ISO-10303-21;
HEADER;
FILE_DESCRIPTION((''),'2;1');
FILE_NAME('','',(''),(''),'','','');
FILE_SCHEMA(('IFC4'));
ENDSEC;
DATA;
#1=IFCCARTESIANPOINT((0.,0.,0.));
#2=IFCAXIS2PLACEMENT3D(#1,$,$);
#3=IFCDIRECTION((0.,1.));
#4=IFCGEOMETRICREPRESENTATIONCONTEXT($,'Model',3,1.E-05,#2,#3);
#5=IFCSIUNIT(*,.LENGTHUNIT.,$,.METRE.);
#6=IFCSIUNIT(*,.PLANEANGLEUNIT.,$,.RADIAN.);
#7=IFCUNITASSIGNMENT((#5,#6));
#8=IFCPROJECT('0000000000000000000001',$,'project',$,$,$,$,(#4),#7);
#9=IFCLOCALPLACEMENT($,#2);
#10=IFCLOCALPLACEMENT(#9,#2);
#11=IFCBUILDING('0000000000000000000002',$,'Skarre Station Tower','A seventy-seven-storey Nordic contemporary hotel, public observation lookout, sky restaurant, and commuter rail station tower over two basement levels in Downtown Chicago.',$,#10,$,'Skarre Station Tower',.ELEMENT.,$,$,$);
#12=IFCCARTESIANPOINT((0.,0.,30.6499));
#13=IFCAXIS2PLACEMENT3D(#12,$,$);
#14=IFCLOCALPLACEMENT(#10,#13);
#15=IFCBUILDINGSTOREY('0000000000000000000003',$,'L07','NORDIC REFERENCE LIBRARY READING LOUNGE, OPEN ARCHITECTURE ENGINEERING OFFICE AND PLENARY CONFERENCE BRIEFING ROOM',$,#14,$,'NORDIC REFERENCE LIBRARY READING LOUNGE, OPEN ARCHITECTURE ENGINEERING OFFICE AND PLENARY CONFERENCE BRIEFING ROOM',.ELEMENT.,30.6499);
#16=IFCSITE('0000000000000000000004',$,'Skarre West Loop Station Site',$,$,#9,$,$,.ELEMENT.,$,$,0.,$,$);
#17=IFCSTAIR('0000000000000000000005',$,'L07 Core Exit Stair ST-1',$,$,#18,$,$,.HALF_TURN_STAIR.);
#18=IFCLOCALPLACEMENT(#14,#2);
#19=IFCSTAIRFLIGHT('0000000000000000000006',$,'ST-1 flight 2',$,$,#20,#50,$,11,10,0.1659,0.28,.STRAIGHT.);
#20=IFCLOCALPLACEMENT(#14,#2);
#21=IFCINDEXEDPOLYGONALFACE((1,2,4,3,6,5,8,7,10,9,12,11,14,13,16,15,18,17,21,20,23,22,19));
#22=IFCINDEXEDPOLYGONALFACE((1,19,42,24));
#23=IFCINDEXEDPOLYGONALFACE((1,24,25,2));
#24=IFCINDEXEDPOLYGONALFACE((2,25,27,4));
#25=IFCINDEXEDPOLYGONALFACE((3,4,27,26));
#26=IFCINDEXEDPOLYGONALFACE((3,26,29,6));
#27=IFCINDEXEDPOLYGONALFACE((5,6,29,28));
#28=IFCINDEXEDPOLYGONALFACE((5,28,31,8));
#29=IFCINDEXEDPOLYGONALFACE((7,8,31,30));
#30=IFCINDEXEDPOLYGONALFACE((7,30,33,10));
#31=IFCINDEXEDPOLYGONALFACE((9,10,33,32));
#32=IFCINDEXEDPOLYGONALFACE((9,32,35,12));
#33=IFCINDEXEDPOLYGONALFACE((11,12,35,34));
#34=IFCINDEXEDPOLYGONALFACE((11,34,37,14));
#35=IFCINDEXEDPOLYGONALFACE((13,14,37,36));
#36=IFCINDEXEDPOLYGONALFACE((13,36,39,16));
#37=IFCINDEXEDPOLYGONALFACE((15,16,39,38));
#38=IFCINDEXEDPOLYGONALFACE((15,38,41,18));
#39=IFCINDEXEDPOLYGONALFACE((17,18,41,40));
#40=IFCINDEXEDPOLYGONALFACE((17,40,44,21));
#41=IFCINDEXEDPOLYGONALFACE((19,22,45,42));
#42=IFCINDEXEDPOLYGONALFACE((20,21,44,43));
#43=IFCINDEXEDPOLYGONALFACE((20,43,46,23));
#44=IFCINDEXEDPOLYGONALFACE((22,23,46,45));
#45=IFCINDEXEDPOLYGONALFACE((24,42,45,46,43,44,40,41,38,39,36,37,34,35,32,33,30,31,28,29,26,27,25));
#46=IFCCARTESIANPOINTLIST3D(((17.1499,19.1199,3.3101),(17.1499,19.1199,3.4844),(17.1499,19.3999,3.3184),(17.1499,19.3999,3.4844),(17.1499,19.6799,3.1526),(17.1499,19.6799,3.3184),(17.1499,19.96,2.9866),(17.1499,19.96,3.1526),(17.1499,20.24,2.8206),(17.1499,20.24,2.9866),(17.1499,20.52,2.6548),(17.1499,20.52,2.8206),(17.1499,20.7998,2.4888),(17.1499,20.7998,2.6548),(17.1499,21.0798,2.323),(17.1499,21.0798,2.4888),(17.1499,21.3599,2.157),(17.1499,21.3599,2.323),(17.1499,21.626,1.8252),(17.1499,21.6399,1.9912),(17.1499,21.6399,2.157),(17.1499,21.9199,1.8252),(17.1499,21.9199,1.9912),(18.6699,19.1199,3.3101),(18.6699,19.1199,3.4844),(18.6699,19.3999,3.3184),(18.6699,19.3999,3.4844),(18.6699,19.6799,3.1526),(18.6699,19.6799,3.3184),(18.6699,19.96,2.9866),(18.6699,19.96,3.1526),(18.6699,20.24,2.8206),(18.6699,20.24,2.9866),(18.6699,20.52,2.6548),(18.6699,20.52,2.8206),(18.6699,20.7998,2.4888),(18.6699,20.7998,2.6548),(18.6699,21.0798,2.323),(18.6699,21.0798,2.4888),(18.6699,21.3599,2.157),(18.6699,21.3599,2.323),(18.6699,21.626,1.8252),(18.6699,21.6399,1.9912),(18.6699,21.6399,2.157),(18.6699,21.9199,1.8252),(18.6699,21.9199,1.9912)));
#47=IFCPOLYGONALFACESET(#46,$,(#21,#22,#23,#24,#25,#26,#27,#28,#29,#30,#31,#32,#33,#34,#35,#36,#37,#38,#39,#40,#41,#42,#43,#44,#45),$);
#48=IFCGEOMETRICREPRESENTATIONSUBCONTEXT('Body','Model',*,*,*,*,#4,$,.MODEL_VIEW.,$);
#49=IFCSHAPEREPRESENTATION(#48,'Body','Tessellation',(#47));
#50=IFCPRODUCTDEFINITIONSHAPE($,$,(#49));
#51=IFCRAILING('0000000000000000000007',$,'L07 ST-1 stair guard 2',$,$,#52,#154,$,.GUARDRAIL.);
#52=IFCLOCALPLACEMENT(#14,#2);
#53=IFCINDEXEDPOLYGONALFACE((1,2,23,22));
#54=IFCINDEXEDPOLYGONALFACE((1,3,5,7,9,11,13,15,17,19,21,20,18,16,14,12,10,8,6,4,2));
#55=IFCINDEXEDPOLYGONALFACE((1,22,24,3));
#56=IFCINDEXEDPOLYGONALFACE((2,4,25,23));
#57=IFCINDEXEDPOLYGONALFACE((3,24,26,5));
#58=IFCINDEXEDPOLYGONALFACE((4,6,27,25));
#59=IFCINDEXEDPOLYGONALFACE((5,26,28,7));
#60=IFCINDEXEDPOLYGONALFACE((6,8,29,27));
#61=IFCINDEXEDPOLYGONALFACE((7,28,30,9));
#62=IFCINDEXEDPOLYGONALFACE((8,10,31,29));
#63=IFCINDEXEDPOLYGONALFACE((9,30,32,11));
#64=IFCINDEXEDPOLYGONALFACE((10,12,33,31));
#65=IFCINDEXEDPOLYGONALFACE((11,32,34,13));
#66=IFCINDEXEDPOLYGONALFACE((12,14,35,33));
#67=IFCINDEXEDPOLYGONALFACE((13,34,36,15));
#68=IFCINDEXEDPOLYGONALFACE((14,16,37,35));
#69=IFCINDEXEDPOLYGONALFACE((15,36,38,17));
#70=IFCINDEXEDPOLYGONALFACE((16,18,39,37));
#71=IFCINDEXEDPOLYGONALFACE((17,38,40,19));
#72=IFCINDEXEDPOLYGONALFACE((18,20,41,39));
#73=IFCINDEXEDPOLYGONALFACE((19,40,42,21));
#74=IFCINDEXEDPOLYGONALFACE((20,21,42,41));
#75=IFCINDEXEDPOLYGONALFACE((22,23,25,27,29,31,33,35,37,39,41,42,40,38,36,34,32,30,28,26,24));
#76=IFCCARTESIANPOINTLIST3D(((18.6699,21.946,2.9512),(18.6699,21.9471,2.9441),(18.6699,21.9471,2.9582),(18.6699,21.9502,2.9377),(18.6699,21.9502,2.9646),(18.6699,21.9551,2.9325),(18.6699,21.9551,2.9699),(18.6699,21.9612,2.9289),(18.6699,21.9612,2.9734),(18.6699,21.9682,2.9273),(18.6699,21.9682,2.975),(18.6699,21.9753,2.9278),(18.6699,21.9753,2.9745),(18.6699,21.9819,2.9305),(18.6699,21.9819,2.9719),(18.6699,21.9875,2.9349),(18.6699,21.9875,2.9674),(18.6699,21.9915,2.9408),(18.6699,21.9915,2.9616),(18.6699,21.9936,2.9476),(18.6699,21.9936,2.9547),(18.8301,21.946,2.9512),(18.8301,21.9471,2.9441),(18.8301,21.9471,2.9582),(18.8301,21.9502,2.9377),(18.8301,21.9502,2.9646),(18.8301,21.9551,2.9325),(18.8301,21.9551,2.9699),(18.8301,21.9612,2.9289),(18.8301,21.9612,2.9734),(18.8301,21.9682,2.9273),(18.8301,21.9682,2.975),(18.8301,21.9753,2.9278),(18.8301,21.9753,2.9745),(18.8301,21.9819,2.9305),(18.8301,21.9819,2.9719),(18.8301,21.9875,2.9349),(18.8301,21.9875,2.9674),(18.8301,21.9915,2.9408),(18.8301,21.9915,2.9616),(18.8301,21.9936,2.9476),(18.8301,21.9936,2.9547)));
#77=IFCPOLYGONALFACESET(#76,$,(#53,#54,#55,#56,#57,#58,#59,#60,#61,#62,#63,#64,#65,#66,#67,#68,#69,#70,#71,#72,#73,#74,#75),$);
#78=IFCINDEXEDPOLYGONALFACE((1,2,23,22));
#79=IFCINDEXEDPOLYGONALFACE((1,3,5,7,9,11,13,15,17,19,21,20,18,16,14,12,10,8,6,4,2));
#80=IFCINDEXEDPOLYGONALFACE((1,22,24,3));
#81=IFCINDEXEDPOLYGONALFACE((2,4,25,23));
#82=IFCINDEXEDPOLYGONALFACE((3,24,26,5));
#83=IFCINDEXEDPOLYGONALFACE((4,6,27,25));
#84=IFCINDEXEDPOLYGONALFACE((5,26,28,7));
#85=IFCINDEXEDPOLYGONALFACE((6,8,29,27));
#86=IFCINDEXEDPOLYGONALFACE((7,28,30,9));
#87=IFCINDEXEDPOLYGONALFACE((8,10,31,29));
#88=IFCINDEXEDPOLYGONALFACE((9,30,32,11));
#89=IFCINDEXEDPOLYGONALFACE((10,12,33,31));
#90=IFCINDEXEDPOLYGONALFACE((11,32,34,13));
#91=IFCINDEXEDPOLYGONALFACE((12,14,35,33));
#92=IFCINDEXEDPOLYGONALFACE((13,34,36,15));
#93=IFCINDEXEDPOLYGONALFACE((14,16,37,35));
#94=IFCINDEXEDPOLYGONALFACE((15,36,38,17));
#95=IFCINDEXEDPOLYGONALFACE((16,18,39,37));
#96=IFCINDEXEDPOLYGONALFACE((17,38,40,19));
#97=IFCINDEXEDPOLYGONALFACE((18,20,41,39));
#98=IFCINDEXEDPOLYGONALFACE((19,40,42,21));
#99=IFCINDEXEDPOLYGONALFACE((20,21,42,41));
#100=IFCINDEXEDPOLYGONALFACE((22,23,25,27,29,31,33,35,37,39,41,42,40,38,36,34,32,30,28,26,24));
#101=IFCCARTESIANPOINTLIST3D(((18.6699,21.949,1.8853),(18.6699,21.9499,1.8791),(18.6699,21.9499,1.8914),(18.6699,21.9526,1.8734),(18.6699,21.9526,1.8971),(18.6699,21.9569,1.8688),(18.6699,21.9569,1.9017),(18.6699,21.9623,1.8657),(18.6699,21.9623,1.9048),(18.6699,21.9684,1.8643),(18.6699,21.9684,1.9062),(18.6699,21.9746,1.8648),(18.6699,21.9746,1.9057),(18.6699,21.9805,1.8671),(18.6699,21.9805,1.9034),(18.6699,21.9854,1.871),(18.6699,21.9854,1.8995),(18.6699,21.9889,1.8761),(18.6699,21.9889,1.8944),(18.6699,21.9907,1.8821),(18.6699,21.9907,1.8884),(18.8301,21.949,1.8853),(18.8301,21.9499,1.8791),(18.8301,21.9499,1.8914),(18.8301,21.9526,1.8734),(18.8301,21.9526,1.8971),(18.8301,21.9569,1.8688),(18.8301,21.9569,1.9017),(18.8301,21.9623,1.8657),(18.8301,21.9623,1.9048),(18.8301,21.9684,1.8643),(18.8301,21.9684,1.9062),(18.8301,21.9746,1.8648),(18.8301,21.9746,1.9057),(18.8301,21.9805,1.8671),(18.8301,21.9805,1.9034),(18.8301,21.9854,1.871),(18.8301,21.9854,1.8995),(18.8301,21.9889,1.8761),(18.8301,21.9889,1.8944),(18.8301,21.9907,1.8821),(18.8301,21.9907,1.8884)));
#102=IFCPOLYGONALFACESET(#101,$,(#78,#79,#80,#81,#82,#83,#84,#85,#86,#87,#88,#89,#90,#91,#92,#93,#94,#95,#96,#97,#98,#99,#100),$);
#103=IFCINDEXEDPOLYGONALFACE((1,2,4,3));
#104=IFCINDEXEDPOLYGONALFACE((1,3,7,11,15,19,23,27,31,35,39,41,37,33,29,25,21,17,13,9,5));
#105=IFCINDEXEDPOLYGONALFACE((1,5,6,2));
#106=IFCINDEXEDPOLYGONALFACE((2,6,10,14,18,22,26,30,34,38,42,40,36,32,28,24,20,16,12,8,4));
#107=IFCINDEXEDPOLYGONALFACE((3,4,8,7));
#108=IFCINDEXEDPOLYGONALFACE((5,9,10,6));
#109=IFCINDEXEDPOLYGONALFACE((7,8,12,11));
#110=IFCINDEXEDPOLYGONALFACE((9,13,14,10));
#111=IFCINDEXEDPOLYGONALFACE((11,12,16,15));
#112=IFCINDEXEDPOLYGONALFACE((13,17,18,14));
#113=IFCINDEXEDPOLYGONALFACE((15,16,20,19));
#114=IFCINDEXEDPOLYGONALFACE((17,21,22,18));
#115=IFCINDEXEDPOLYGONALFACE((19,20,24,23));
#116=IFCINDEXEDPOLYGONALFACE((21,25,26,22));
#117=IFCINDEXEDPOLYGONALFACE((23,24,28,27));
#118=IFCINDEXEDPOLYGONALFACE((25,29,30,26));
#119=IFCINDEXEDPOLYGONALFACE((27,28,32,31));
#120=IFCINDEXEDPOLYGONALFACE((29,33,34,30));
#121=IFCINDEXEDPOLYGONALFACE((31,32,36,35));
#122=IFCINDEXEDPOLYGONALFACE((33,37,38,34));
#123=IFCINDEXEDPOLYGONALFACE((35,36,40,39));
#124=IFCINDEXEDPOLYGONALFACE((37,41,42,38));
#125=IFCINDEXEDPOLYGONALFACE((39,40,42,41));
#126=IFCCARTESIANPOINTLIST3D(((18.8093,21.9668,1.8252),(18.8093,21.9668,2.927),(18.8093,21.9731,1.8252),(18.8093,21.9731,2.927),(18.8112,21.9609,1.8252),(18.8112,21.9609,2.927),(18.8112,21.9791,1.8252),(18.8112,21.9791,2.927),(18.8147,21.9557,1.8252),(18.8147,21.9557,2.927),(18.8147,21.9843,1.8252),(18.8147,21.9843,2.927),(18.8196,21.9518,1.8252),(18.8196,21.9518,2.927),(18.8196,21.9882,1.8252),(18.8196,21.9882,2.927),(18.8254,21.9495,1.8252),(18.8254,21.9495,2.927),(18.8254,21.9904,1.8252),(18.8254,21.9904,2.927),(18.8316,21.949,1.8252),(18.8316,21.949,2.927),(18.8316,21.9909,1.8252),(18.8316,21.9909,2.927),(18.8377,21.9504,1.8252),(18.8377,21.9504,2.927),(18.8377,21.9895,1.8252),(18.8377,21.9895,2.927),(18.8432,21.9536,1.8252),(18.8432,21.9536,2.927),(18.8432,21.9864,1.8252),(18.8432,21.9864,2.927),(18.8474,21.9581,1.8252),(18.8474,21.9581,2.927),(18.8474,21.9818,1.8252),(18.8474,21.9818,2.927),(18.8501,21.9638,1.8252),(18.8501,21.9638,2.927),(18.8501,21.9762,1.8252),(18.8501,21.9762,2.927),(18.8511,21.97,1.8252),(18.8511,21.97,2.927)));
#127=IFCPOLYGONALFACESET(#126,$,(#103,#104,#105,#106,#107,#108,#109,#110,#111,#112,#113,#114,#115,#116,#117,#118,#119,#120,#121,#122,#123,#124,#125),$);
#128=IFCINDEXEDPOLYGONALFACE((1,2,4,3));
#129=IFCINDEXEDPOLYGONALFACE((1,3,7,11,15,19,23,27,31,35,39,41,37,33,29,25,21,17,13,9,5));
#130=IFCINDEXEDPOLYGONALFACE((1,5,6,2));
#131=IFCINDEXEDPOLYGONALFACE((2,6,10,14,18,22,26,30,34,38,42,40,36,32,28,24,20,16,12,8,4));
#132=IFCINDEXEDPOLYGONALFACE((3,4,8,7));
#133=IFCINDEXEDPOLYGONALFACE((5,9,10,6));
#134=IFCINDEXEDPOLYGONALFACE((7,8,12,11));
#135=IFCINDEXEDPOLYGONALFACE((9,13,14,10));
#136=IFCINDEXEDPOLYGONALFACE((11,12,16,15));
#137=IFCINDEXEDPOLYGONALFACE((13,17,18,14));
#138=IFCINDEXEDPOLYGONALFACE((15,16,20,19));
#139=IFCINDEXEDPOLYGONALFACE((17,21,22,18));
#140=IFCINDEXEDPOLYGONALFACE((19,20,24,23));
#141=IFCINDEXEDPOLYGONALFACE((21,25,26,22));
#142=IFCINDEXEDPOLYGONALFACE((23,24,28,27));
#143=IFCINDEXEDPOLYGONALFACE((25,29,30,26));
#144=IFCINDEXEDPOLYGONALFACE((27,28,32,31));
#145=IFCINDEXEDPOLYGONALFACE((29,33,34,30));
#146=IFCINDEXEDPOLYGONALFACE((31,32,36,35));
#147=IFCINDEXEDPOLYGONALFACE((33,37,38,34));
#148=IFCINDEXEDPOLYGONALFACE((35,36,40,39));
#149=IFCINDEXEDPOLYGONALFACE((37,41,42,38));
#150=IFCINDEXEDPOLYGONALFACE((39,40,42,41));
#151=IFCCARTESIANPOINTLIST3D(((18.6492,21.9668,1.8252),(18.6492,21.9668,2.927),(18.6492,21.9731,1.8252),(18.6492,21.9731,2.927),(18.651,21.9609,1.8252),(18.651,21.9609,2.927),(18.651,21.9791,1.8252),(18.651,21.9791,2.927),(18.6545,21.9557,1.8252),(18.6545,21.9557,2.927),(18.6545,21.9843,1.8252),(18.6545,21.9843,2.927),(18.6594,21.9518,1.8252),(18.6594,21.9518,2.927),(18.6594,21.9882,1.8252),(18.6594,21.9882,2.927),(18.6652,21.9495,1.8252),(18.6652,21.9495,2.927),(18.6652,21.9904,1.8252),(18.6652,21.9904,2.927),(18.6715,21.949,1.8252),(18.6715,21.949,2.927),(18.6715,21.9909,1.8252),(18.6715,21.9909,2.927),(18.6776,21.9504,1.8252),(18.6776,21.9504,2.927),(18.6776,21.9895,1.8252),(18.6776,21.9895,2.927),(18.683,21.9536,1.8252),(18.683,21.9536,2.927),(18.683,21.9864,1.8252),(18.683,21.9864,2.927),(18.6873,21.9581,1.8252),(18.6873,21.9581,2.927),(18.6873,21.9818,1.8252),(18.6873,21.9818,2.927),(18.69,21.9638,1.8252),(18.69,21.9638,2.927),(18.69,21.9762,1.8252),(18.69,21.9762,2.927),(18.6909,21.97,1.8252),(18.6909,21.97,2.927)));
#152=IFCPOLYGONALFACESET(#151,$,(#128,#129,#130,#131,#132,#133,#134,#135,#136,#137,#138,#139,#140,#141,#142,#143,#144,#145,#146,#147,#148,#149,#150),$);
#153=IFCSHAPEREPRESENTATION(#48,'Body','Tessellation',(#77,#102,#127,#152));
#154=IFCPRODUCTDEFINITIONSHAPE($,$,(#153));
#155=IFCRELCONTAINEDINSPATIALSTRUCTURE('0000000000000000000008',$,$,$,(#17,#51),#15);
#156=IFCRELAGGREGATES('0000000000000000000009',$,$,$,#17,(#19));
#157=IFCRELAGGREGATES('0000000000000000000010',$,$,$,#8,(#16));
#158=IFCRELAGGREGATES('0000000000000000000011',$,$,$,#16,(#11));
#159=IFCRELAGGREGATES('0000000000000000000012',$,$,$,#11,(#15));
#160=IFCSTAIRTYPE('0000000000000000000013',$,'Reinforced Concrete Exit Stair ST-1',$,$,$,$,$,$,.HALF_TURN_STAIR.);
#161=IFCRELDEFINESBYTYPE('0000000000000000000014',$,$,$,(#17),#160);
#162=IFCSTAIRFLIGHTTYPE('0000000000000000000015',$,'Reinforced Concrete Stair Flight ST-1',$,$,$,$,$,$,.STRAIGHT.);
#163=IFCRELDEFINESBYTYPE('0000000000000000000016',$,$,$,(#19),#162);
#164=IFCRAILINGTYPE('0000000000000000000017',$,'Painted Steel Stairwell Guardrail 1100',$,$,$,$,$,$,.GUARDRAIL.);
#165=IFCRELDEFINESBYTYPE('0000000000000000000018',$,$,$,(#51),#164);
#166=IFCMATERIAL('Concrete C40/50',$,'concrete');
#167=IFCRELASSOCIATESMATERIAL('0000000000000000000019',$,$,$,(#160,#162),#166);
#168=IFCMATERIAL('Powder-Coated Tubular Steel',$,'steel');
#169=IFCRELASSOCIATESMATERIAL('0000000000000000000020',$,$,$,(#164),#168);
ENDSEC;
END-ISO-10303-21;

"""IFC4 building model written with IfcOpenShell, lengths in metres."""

from ifc_helpers import new_model, si_unit, direction, frame, origin, origin_2d, place, context, subcontext, project, spatial, polyline, circle, outline, extrude, material, type_object, element, aggregate, save


model = new_model("IFC4")

# Units and contexts
model_context = context("Model", 3, precision=1e-05, world=origin(), true_north=direction((0.0, 1.0)))
body_context = subcontext(model_context, "Body", "Model", "MODEL_VIEW")
ifc_project = project(units=[si_unit("LENGTHUNIT", "METRE"), si_unit("PLANEANGLEUNIT", "RADIAN")], contexts=[model_context])

# Site, building, storey
site_placement = place(None, origin())
site = spatial("IfcSite", under=ifc_project, at=site_placement, Name="Skarre West Loop Station Site", CompositionType="ELEMENT", RefElevation=0.0)
building_placement = place(site_placement, origin())
building = spatial("IfcBuilding", under=site, at=building_placement, Name="Skarre Station Tower", Description="A seventy-seven-storey Nordic contemporary hotel, public observation lookout, sky restaurant, and commuter rail station tower over two basement levels in Downtown Chicago.", LongName="Skarre Station Tower", CompositionType="ELEMENT")
storey_placement = place(building_placement, frame((0.0, 0.0, 30.6499)))
storey = spatial("IfcBuildingStorey", under=building, at=storey_placement, Name="L07", Description="NORDIC REFERENCE LIBRARY READING LOUNGE, OPEN ARCHITECTURE ENGINEERING OFFICE AND PLENARY CONFERENCE BRIEFING ROOM", LongName="NORDIC REFERENCE LIBRARY READING LOUNGE, OPEN ARCHITECTURE ENGINEERING OFFICE AND PLENARY CONFERENCE BRIEFING ROOM", CompositionType="ELEMENT", Elevation=30.6499)

# Stair, stair flight
ifc_material_1 = material(Name="Concrete C40/50", Category="concrete")
stair_type = type_object("IfcStairType", Name="Reinforced Concrete Exit Stair ST-1", PredefinedType="HALF_TURN_STAIR", material=ifc_material_1)
stair_placement = place(storey_placement, origin())
stair = element("IfcStair", 1, at=stair_placement, inside=storey, type_object=stair_type, Name="L07 Core Exit Stair ST-1", PredefinedType="HALF_TURN_STAIR")
stair_flight_type = type_object("IfcStairFlightType", Name="Reinforced Concrete Stair Flight ST-1", PredefinedType="STRAIGHT", material=ifc_material_1)
stair_flight_placement = place(storey_placement, frame((17.9099, 21.9199, 1.8252), z_axis=(0.0, 0.0, 1.0), x_axis=(0.0, -1.0, 0.0)))
stair_flight = element("IfcStairFlight", 2, at=stair_flight_placement, type_object=stair_flight_type, Name="ST-1 flight 2", NumberOfRisers=11, NumberOfTreads=10, PredefinedType="STRAIGHT", RiserHeight=0.1659, TreadLength=0.28, context=body_context, shape_type="SweptSolid", body=[
    extrude(outline(polyline([(0.0, 0.0), (0.0, 0.166), (0.28, 0.166), (0.28, 0.3318), (0.5601, 0.3318), (0.5601, 0.4978), (0.8401, 0.4978), (0.8401, 0.6636), (1.1201, 0.6636), (1.1201, 0.8296), (1.3999, 0.8296), (1.3999, 0.9954), (1.6799, 0.9954), (1.6799, 1.1614), (1.96, 1.1614), (1.96, 1.3274), (2.24, 1.3274), (2.24, 1.4932), (2.52, 1.4932), (2.52, 1.6592), (2.8, 1.6592), (2.8, 1.825), (2.8, 1.4849), (0.2939, 0.0), (0.0, 0.0)])), frame((0.0, 0.76, 0.0), z_axis=(0.0, -1.0, 0.0), x_axis=(1.0, 0.0, 0.0)), (0.0, 0.0, 1.0), 1.52),
])
aggregate(stair, [stair_flight])

# Railing
ifc_material_2 = material(Name="Powder-Coated Tubular Steel", Category="steel")
railing_type = type_object("IfcRailingType", Name="Painted Steel Stairwell Guardrail 1100", PredefinedType="GUARDRAIL", material=ifc_material_2)
railing_1_placement = place(storey_placement, frame((18.8301, 21.97, 1.8252)))
element("IfcRailing", 3, at=railing_1_placement, inside=storey, type_object=railing_type, Name="L07 ST-1 stair guard 2", PredefinedType="GUARDRAIL", context=body_context, shape_type="SweptSolid", body=[
    extrude(circle(Radius=0.0239, at=origin_2d()), frame((0.0, 0.0, 1.126), z_axis=(-1.0, 0.0, 0.0), x_axis=(0.0, -1.0, 0.0)), (0.0, 0.0, 1.0), 0.1602),
    extrude(circle(Radius=0.021, at=origin_2d()), frame((0.0, 0.0, 0.0601), z_axis=(-1.0, 0.0, 0.0), x_axis=(0.0, -1.0, 0.0)), (0.0, 0.0, 1.0), 0.1602),
    extrude(circle(Radius=0.021, at=origin_2d()), origin(), (0.0, 0.0, 1.0), 1.1018),
    extrude(circle(Radius=0.021, at=origin_2d()), frame((-0.1602, 0.0, 0.0)), (0.0, 0.0, 1.0), 1.1018),
])

save(model, "model.ifc")
